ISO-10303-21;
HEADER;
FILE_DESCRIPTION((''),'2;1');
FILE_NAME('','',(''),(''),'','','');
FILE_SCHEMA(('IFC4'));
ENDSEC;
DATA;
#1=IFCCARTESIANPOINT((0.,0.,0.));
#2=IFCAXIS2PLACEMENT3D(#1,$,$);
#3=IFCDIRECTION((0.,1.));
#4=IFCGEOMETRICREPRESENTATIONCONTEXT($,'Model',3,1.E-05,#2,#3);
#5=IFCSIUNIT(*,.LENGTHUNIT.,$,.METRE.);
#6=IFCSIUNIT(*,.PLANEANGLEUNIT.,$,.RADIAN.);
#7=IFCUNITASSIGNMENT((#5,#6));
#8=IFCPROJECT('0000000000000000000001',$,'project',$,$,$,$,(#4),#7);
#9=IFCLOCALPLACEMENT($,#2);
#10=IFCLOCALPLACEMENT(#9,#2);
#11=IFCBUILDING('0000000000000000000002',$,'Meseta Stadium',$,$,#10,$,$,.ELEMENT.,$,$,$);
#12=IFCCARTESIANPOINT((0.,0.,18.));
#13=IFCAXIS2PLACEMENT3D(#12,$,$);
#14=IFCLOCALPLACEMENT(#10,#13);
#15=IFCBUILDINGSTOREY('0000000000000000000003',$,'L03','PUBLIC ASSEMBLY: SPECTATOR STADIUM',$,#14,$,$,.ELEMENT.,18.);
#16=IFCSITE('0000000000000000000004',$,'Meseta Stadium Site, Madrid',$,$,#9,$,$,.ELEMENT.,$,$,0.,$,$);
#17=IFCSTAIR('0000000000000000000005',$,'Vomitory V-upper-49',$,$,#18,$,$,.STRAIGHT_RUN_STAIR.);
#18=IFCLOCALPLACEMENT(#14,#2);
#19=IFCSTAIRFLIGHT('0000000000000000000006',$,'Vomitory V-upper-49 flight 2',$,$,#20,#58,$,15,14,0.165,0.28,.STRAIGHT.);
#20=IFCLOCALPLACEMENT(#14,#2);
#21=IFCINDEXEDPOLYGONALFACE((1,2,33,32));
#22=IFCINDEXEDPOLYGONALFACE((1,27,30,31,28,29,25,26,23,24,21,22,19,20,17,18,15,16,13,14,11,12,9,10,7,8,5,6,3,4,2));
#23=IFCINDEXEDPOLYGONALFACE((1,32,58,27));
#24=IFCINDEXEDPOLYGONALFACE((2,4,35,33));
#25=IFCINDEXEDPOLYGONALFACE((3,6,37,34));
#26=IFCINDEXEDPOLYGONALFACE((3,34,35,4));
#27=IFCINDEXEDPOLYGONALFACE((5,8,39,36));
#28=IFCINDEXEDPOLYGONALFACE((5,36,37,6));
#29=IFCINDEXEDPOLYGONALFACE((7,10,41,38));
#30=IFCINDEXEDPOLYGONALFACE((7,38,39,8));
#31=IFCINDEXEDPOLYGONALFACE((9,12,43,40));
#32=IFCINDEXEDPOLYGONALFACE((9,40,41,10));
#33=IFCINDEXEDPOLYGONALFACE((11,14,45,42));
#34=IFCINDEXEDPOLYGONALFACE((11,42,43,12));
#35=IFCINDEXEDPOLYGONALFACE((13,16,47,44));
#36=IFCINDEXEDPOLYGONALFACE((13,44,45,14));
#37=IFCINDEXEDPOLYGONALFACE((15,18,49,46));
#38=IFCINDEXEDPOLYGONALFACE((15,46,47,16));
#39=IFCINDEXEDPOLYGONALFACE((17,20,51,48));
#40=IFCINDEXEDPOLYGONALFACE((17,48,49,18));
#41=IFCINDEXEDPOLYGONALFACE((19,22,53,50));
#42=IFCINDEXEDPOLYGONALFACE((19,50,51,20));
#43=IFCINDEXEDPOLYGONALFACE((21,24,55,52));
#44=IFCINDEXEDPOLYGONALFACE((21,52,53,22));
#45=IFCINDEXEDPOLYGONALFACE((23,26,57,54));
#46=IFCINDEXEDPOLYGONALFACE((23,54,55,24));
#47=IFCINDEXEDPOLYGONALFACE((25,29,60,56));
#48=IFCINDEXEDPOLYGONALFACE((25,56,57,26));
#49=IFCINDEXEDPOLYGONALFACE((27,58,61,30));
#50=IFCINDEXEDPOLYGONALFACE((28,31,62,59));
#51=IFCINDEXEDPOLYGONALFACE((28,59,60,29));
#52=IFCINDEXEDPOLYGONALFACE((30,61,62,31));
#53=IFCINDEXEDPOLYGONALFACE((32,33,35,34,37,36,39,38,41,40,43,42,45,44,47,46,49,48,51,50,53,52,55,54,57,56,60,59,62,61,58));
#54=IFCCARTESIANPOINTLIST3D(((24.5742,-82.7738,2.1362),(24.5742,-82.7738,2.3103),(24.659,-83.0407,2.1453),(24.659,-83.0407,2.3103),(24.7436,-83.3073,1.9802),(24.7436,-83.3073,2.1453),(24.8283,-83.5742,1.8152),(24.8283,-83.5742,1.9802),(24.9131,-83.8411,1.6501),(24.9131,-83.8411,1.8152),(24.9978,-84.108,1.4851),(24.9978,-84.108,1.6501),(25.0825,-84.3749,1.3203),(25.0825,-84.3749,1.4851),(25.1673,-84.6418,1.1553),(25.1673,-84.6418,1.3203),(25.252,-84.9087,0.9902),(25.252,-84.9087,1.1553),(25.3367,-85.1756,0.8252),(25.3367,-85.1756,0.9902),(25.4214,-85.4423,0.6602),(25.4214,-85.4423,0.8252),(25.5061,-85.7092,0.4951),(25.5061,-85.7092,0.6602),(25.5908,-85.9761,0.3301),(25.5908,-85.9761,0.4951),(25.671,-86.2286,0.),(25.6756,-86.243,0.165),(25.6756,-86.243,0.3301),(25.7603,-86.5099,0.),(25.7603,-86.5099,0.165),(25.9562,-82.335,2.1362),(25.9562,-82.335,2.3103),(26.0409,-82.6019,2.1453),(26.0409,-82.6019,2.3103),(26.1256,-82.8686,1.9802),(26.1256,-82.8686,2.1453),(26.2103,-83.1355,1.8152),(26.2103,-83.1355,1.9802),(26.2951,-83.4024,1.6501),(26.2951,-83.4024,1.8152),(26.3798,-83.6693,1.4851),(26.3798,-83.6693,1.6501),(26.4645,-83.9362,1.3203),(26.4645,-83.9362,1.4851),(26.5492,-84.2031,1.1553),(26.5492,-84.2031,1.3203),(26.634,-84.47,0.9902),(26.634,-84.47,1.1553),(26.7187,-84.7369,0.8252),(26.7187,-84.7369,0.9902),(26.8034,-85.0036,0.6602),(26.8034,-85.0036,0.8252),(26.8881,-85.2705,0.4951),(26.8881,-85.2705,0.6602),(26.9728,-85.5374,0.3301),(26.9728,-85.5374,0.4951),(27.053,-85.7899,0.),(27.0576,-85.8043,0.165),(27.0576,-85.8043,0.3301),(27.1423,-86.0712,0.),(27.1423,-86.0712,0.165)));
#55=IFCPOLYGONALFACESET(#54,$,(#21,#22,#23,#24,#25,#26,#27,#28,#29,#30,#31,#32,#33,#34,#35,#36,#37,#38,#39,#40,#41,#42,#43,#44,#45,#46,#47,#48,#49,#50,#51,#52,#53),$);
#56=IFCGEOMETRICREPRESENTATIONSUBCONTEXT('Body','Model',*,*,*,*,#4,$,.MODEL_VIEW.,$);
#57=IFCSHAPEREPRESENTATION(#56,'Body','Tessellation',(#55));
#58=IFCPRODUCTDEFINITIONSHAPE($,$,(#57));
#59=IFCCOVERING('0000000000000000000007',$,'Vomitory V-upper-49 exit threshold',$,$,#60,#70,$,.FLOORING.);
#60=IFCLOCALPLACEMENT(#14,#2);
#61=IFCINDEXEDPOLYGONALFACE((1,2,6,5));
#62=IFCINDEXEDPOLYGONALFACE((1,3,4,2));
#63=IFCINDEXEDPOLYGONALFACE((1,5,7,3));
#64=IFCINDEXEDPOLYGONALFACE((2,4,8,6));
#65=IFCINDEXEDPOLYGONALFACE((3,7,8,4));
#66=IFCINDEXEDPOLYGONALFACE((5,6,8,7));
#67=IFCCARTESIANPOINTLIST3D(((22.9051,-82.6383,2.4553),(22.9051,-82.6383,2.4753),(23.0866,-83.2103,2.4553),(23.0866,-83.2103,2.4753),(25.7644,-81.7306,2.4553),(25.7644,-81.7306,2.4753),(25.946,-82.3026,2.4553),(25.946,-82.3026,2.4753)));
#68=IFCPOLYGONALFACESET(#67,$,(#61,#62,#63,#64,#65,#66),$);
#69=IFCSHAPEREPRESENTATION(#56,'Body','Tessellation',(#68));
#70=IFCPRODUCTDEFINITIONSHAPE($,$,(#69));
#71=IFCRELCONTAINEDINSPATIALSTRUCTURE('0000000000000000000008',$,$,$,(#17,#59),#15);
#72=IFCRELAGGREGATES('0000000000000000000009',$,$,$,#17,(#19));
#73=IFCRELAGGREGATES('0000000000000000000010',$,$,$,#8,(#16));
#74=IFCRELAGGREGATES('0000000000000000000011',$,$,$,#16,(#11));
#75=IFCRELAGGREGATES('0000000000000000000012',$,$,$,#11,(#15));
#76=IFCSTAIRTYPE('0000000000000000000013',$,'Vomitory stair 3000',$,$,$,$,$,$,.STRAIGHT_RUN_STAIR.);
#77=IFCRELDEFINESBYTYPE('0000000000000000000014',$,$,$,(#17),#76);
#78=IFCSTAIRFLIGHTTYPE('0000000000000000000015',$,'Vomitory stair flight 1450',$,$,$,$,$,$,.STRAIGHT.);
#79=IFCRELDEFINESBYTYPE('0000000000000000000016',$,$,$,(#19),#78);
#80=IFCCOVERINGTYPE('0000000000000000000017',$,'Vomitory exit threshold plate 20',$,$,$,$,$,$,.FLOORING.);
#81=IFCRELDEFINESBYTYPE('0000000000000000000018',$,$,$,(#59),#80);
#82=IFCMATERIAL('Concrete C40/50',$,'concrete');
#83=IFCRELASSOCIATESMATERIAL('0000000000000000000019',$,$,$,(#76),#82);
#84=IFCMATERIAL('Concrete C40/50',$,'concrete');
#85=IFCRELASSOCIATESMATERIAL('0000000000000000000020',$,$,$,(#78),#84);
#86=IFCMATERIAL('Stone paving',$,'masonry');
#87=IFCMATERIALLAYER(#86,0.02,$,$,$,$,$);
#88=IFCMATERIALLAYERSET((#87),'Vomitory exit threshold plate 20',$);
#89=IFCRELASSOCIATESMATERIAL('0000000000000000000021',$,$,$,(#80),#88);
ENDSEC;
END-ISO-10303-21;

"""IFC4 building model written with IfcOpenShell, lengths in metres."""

from ifc_helpers import new_model, si_unit, direction, frame, origin, origin_2d, place, context, subcontext, project, spatial, polyline, rectangle, outline, extrude, material, layer, layer_set, type_object, element, aggregate, save


model = new_model("IFC4")

# Units and contexts
model_context = context("Model", 3, precision=1e-05, world=origin(), true_north=direction((0.0, 1.0)))
body_context = subcontext(model_context, "Body", "Model", "MODEL_VIEW")
ifc_project = project(units=[si_unit("LENGTHUNIT", "METRE"), si_unit("PLANEANGLEUNIT", "RADIAN")], contexts=[model_context])

# Site, building, storey
site_placement = place(None, origin())
site = spatial("IfcSite", under=ifc_project, at=site_placement, Name="Meseta Stadium Site, Madrid", CompositionType="ELEMENT", RefElevation=0.0)
building_placement = place(site_placement, origin())
building = spatial("IfcBuilding", under=site, at=building_placement, Name="Meseta Stadium", CompositionType="ELEMENT")
storey_placement = place(building_placement, frame((0.0, 0.0, 18.0)))
storey = spatial("IfcBuildingStorey", under=building, at=storey_placement, Name="L03", Description="PUBLIC ASSEMBLY: SPECTATOR STADIUM", CompositionType="ELEMENT", Elevation=18.0)

# Stair, stair flight
ifc_material_1 = material(Name="Concrete C40/50", Category="concrete")
stair_type = type_object("IfcStairType", Name="Vomitory stair 3000", PredefinedType="STRAIGHT_RUN_STAIR", material=ifc_material_1)
stair_placement = place(storey_placement, origin())
stair = element("IfcStair", 1, at=stair_placement, inside=storey, type_object=stair_type, Name="Vomitory V-upper-49", PredefinedType="STRAIGHT_RUN_STAIR")
ifc_material_2 = material(Name="Concrete C40/50", Category="concrete")
stair_flight_type = type_object("IfcStairFlightType", Name="Vomitory stair flight 1450", PredefinedType="STRAIGHT", material=ifc_material_2)
stair_flight_1_placement = place(storey_placement, frame((26.4514, -86.2905, 0.0), z_axis=(0.0, 0.0, 1.0), x_axis=(-0.30258, 0.953124, 0.0)))
stair_flight_1 = element("IfcStairFlight", 2, at=stair_flight_1_placement, type_object=stair_flight_type, Name="Vomitory V-upper-49 flight 2", NumberOfRisers=15, NumberOfTreads=14, PredefinedType="STRAIGHT", RiserHeight=0.165, TreadLength=0.28, context=body_context, shape_type="SweptSolid", body=[
    extrude(outline(polyline([(0.0, 0.0), (0.0, 0.165), (0.28, 0.165), (0.28, 0.3301), (0.5601, 0.3301), (0.5601, 0.4951), (0.8401, 0.4951), (0.8401, 0.6602), (1.1201, 0.6602), (1.1201, 0.8252), (1.3999, 0.8252), (1.3999, 0.9902), (1.6799, 0.9902), (1.6799, 1.1553), (1.96, 1.1553), (1.96, 1.3203), (2.24, 1.3203), (2.24, 1.4851), (2.52, 1.4851), (2.52, 1.6501), (2.8, 1.6501), (2.8, 1.8152), (3.0801, 1.8152), (3.0801, 1.9802), (3.3601, 1.9802), (3.3601, 2.1453), (3.6399, 2.1453), (3.6399, 2.3103), (3.9199, 2.3103), (3.9199, 2.1362), (0.2952, 0.0), (0.0, 0.0)])), frame((0.0, 0.7251, 0.0), z_axis=(0.0, -1.0, 0.0), x_axis=(1.0, 0.0, 0.0)), (0.0, 0.0, 1.0), 1.45),
])
aggregate(stair, [stair_flight_1])

# Covering
ifc_material_3 = material(Name="Stone paving", Category="masonry")
ifc_layer_1 = layer(ifc_material_3, 0.02)
ifc_layer_set_1 = layer_set([ifc_layer_1], Name="Vomitory exit threshold plate 20")
covering_type = type_object("IfcCoveringType", Name="Vomitory exit threshold plate 20", PredefinedType="FLOORING", material=ifc_layer_set_1)
covering_placement = place(storey_placement, frame((24.4255, -82.4705, 2.4553), z_axis=(0.0, 0.0, 1.0), x_axis=(-0.30258, 0.953124, 0.0)))
element("IfcCovering", 3, at=covering_placement, inside=storey, type_object=covering_type, Name="Vomitory V-upper-49 exit threshold", PredefinedType="FLOORING", context=body_context, shape_type="SweptSolid", body=[
    extrude(rectangle(XDim=0.6001, YDim=3.0, at=origin_2d()), origin(), (0.0, 0.0, 1.0), 0.02),
])

save(model, "model.ifc")
